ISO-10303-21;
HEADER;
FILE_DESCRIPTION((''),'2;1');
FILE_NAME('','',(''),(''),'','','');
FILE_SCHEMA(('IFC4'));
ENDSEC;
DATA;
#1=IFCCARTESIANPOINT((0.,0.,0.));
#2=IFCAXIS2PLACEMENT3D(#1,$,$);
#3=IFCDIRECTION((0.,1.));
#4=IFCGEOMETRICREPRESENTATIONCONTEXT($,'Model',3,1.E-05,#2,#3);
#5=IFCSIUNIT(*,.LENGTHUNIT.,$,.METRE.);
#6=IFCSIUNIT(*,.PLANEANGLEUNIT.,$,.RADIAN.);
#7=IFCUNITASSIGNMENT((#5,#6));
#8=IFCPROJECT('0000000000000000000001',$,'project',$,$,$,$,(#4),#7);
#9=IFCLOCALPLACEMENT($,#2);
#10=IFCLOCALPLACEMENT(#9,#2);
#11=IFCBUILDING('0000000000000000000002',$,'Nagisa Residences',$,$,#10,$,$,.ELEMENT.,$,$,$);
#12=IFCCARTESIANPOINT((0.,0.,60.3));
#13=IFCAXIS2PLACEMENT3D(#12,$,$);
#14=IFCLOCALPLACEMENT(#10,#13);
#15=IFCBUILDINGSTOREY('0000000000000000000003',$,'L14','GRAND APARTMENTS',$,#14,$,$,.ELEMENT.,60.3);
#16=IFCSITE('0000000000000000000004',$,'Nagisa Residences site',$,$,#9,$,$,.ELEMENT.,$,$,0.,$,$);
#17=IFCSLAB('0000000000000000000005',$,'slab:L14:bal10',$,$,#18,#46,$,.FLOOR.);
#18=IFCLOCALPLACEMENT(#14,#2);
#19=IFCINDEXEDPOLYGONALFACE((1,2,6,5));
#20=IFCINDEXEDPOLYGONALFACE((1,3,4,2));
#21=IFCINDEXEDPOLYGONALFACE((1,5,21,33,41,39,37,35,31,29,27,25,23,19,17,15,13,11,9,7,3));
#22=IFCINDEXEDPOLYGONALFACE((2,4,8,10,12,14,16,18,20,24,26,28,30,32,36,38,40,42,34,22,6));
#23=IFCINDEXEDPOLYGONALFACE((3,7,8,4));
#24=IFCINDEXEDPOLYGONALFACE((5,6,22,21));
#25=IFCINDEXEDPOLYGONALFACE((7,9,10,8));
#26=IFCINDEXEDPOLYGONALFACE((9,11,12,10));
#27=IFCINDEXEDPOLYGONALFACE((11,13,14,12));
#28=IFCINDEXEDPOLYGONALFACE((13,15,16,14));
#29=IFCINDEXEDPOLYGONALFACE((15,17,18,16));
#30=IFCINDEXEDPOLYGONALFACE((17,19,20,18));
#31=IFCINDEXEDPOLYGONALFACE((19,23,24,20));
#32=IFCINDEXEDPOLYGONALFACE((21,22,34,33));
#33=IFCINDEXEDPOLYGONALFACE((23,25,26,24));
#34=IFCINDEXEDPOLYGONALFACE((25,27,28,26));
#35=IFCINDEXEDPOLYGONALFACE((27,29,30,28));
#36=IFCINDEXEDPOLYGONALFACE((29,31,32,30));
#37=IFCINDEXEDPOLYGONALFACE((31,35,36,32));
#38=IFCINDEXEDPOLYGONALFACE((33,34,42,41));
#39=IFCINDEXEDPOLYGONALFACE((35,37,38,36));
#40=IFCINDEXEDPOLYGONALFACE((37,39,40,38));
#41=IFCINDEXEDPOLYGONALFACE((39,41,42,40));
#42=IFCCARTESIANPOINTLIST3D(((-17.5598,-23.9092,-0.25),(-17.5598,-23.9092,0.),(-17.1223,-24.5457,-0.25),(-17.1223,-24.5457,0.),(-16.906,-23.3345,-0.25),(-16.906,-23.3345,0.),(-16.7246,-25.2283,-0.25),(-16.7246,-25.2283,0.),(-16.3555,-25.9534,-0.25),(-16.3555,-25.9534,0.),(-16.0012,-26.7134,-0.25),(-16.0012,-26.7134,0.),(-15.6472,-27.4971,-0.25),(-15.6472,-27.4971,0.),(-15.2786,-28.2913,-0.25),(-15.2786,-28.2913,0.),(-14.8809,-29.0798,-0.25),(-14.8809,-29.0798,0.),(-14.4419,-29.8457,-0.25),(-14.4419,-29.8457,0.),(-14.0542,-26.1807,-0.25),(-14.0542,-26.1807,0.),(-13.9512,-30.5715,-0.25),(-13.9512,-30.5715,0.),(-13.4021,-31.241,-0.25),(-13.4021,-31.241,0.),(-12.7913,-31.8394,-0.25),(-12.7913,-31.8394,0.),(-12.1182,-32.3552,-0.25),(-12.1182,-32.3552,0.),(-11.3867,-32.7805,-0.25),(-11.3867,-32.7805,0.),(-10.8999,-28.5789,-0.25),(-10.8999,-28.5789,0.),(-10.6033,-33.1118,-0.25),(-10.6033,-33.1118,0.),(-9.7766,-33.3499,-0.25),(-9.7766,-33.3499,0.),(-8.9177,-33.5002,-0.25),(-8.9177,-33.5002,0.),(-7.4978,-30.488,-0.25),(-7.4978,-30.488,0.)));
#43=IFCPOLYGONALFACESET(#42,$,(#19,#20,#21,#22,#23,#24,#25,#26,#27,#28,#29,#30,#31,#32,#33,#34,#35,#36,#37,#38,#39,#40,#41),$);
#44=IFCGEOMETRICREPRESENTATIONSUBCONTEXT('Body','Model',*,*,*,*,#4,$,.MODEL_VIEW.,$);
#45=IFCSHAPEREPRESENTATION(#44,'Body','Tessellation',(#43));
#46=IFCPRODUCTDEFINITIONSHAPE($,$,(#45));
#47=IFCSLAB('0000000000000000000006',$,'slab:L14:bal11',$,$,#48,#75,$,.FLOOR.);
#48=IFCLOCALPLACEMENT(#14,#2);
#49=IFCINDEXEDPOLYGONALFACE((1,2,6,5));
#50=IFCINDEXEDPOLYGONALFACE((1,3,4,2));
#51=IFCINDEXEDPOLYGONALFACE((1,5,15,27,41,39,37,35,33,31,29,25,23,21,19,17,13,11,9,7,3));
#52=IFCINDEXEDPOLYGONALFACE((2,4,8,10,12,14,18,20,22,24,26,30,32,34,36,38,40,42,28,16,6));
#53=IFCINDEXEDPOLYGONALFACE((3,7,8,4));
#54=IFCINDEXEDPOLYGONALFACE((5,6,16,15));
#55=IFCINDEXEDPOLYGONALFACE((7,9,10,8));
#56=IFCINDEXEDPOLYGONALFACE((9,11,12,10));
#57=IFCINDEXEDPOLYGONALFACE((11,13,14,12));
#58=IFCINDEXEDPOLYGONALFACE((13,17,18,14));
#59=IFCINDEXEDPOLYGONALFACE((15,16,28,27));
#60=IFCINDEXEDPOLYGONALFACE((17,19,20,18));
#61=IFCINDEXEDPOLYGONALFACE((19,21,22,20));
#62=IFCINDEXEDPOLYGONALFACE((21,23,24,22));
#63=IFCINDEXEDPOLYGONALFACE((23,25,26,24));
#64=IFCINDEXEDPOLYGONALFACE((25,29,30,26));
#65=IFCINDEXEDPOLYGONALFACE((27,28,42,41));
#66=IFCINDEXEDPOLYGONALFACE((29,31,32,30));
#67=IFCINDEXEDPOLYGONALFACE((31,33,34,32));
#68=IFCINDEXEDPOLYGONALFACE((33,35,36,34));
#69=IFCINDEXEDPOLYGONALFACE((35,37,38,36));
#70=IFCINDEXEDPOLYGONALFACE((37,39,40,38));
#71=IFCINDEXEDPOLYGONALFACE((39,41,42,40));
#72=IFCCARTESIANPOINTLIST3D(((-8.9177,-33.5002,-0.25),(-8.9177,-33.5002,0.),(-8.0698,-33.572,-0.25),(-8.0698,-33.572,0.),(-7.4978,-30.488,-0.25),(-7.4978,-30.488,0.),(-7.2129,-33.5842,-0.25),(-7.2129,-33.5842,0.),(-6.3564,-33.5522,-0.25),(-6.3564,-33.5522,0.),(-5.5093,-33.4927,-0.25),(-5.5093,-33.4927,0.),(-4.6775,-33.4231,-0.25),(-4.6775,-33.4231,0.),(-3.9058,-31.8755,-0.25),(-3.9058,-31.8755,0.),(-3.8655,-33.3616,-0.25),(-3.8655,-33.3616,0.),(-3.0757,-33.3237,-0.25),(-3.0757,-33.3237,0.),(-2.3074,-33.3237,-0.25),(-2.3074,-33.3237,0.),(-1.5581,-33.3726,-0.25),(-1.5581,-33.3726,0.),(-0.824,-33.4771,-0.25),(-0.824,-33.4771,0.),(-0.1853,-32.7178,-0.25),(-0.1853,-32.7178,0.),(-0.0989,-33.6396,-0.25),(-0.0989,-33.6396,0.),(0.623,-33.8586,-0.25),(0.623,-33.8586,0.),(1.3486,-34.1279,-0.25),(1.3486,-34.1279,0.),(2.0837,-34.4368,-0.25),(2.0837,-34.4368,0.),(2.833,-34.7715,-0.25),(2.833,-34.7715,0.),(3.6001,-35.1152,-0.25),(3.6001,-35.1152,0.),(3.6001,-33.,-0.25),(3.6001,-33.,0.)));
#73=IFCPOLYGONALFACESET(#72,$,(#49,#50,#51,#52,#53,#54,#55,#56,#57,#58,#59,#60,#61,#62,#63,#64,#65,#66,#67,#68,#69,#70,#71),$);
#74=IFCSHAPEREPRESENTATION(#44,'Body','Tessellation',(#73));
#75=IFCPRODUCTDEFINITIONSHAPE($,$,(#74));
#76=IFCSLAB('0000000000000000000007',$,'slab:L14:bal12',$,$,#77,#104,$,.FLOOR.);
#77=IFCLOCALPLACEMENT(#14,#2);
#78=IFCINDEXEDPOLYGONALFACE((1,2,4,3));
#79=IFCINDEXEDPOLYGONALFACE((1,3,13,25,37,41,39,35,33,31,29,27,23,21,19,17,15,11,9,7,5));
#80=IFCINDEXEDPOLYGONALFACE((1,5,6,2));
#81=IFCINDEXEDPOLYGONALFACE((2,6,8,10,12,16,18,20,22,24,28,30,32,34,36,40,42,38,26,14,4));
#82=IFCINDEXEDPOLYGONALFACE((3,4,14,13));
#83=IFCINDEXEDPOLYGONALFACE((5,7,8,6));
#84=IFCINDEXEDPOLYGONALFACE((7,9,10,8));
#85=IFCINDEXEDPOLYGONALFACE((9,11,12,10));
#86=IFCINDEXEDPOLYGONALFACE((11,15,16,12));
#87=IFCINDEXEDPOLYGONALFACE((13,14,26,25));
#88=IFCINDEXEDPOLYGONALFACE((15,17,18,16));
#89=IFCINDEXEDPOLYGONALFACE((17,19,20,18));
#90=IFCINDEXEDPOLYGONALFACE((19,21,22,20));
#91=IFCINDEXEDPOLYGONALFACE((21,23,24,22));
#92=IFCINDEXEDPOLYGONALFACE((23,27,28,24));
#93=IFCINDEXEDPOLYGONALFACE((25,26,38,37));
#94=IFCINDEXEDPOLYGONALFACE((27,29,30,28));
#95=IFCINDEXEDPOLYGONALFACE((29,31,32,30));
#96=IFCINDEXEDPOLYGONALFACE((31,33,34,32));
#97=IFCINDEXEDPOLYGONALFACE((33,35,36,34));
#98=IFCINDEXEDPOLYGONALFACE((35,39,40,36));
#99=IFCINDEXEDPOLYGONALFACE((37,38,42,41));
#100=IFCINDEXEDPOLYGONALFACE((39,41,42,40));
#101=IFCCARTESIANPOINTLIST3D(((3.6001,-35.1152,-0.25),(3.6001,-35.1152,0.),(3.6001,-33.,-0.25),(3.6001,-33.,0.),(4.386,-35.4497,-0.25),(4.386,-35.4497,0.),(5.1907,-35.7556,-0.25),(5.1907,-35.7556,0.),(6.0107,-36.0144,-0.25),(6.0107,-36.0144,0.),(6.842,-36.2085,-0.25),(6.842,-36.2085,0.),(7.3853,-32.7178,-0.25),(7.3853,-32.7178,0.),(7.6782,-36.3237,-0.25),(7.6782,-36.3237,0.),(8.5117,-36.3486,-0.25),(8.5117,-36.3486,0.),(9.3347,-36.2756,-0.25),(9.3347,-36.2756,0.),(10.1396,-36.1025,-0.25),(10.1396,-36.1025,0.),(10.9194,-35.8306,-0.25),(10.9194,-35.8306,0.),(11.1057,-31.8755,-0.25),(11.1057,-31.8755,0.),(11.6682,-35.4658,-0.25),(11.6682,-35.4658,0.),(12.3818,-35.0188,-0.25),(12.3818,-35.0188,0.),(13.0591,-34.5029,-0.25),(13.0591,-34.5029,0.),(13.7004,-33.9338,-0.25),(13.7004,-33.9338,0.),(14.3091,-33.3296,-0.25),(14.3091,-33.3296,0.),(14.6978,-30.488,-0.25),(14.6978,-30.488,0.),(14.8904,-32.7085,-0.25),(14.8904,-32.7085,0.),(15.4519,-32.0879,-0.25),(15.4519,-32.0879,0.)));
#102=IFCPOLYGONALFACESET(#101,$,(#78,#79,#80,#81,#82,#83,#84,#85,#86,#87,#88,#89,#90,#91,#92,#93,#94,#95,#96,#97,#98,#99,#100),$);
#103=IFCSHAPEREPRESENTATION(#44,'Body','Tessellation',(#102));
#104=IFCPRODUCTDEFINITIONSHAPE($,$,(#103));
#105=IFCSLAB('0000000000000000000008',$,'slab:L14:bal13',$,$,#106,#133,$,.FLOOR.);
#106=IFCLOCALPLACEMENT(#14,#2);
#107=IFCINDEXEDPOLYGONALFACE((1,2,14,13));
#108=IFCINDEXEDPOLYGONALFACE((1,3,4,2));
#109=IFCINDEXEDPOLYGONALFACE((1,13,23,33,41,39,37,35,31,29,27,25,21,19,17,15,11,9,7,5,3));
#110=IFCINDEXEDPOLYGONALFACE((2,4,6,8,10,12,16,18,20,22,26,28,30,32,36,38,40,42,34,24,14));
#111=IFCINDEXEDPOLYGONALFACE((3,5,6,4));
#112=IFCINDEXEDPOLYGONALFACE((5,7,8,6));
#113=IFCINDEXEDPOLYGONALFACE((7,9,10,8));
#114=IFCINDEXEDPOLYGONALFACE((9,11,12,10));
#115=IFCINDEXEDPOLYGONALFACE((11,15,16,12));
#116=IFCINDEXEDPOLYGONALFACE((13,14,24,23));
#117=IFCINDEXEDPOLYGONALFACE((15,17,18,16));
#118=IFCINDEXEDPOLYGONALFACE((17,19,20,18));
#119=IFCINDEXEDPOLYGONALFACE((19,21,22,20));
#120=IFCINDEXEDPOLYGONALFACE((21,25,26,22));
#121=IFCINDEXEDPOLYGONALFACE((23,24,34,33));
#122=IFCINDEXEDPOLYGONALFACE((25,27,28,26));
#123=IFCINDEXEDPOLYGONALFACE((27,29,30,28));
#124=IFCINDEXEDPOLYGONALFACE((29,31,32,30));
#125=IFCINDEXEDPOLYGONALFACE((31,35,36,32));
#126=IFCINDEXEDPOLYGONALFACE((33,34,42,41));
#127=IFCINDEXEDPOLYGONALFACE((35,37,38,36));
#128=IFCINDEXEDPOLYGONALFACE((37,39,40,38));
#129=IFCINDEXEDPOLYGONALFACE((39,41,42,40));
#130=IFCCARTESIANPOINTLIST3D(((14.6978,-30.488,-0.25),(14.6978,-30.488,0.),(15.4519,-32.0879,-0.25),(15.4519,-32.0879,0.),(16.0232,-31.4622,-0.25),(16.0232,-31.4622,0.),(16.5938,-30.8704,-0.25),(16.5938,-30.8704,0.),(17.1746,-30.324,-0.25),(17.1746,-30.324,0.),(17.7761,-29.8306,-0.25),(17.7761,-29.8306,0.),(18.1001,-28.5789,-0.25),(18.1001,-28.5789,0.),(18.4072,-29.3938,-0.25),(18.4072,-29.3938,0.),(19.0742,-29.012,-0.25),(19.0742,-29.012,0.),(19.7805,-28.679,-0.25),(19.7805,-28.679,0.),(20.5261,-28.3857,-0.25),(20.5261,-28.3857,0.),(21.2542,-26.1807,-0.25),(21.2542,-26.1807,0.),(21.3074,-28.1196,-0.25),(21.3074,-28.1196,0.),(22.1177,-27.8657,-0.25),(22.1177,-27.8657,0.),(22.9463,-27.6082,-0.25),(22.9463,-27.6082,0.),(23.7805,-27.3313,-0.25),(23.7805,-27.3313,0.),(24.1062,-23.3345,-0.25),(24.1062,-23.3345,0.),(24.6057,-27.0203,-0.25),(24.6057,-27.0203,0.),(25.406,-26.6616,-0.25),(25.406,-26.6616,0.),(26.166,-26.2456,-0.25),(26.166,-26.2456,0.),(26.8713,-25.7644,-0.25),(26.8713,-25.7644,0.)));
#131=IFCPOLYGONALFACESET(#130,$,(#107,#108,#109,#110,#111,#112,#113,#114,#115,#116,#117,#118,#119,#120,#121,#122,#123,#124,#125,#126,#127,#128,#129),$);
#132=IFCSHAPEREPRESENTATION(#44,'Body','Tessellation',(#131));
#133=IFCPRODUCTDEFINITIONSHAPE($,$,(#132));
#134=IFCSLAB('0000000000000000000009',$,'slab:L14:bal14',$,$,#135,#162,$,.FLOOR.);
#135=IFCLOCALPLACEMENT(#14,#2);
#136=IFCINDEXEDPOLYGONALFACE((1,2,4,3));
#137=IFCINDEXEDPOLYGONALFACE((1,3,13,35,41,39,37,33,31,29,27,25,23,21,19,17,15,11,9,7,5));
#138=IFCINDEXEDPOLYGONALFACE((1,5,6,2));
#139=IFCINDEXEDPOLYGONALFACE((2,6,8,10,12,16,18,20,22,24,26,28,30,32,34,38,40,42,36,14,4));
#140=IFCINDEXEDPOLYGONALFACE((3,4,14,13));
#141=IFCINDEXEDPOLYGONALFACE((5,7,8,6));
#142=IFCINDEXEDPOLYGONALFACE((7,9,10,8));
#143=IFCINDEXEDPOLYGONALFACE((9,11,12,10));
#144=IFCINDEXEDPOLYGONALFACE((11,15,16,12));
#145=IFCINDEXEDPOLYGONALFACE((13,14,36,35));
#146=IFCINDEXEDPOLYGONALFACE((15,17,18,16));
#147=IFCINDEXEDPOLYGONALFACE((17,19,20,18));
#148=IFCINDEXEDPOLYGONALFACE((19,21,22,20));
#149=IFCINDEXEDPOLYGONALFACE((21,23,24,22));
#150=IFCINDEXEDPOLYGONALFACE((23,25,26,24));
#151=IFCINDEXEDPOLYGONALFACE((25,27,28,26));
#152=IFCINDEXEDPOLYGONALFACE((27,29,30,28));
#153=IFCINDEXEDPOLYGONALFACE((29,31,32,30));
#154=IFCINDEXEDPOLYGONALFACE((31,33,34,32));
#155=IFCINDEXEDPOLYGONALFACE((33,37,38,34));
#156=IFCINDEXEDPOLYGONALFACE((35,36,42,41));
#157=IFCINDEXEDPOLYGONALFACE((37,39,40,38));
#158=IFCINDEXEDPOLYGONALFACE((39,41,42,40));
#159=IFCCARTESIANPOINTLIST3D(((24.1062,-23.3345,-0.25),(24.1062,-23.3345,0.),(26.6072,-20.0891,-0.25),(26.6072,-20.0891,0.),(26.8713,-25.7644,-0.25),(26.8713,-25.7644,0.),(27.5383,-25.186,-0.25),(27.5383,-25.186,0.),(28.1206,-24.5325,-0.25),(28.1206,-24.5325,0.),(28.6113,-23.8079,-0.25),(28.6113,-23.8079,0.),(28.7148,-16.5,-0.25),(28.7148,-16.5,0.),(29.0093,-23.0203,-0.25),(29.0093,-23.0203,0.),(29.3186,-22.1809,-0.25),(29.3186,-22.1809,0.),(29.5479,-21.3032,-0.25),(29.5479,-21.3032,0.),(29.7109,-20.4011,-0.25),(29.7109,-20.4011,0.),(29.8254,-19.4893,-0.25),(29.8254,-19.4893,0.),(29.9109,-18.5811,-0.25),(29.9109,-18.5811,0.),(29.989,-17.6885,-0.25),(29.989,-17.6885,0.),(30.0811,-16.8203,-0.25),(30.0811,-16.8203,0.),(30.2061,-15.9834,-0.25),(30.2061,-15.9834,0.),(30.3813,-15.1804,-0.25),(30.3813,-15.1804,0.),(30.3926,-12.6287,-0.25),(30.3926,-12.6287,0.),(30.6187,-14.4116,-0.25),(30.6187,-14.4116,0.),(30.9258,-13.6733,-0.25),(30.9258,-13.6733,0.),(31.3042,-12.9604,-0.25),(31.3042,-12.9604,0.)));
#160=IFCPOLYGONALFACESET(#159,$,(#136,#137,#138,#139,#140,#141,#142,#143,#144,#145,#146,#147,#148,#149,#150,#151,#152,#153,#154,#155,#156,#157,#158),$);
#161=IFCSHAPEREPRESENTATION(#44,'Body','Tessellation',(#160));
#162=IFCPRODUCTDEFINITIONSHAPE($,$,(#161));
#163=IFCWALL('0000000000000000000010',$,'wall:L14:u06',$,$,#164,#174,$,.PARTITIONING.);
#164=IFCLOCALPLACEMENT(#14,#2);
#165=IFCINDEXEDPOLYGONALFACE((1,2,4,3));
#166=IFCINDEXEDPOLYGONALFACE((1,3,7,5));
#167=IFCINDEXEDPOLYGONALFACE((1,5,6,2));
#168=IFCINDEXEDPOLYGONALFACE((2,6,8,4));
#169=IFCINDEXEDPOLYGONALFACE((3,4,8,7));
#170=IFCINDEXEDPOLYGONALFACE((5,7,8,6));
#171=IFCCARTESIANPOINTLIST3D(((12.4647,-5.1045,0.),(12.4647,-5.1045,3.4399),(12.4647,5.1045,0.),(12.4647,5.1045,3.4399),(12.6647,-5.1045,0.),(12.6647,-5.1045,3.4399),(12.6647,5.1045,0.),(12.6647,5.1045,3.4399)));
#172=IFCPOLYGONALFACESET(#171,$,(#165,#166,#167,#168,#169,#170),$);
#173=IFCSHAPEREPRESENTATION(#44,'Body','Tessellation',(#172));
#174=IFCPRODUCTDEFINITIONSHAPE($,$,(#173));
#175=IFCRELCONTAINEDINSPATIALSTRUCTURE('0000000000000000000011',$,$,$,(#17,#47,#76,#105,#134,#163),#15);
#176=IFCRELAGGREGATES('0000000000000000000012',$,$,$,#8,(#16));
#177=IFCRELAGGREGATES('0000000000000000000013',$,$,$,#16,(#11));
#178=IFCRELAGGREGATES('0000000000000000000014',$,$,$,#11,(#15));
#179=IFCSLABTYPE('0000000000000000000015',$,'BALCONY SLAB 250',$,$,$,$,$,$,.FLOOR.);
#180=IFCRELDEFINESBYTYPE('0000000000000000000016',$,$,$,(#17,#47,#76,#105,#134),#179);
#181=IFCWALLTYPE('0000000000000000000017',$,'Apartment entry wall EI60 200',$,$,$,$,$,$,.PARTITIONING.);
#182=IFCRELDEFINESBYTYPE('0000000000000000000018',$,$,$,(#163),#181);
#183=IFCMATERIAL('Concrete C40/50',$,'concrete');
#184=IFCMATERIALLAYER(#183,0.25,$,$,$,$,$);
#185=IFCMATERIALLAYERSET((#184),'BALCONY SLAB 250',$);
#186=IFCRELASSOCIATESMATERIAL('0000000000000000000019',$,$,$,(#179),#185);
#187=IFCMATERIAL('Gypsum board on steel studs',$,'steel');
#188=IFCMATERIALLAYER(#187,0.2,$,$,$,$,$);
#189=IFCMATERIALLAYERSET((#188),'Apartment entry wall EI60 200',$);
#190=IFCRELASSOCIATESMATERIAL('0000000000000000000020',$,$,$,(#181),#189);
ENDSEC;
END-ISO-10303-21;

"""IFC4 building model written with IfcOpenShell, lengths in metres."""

from ifc_helpers import new_model, si_unit, direction, frame, frame_2d, origin, place, context, subcontext, project, spatial, polyline, rectangle, outline, extrude, material, layer, layer_set, type_object, element, save


model = new_model("IFC4")

# Units and contexts
model_context = context("Model", 3, precision=1e-05, world=origin(), true_north=direction((0.0, 1.0)))
body_context = subcontext(model_context, "Body", "Model", "MODEL_VIEW")
ifc_project = project(units=[si_unit("LENGTHUNIT", "METRE"), si_unit("PLANEANGLEUNIT", "RADIAN")], contexts=[model_context])

# Site, building, storey
site_placement = place(None, origin())
site = spatial("IfcSite", under=ifc_project, at=site_placement, Name="Nagisa Residences site", CompositionType="ELEMENT", RefElevation=0.0)
building_placement = place(site_placement, origin())
building = spatial("IfcBuilding", under=site, at=building_placement, Name="Nagisa Residences", CompositionType="ELEMENT")
storey_placement = place(building_placement, frame((0.0, 0.0, 60.3)))
storey = spatial("IfcBuildingStorey", under=building, at=storey_placement, Name="L14", Description="GRAND APARTMENTS", CompositionType="ELEMENT", Elevation=60.3)

# Slabs
ifc_material_1 = material(Name="Concrete C40/50", Category="concrete")
ifc_layer_1 = layer(ifc_material_1, 0.25)
ifc_layer_set_1 = layer_set([ifc_layer_1], Name="BALCONY SLAB 250")
slab_type = type_object("IfcSlabType", Name="BALCONY SLAB 250", PredefinedType="FLOOR", material=ifc_layer_set_1)
slab_1_placement = place(storey_placement, frame((0.0, 0.0, -0.25)))
element("IfcSlab", 1, at=slab_1_placement, inside=storey, type_object=slab_type, Name="slab:L14:bal10", PredefinedType="FLOOR", context=body_context, shape_type="SweptSolid", body=[
    extrude(outline(polyline([(-17.5598, -23.9092), (-17.1223, -24.5457), (-16.7246, -25.2283), (-16.3555, -25.9534), (-16.0012, -26.7134), (-15.6472, -27.4971), (-15.2786, -28.2913), (-14.8809, -29.0798), (-14.4419, -29.8457), (-13.9512, -30.5715), (-13.4021, -31.241), (-12.7913, -31.8394), (-12.1182, -32.3552), (-11.3867, -32.7805), (-10.6033, -33.1118), (-9.7766, -33.3499), (-8.9177, -33.5002), (-7.4978, -30.488), (-10.8999, -28.5789), (-14.0542, -26.1807), (-16.906, -23.3345), (-17.5598, -23.9092)])), origin(), (0.0, 0.0, 1.0), 0.25),
])
slab_2_placement = place(storey_placement, frame((0.0, 0.0, -0.25)))
element("IfcSlab", 2, at=slab_2_placement, inside=storey, type_object=slab_type, Name="slab:L14:bal11", PredefinedType="FLOOR", context=body_context, shape_type="SweptSolid", body=[
    extrude(outline(polyline([(-8.9177, -33.5002), (-8.0698, -33.572), (-7.2129, -33.5842), (-6.3564, -33.5522), (-5.5093, -33.4927), (-4.6775, -33.4231), (-3.8655, -33.3616), (-3.0757, -33.3237), (-2.3074, -33.3237), (-1.5581, -33.3726), (-0.824, -33.4771), (-0.0989, -33.6396), (0.623, -33.8586), (1.3486, -34.1279), (2.0837, -34.4368), (2.833, -34.7715), (3.6001, -35.1152), (3.6001, -33.0), (-0.1853, -32.7178), (-3.9058, -31.8755), (-7.4978, -30.488), (-8.9177, -33.5002)])), origin(), (0.0, 0.0, 1.0), 0.25),
])
slab_3_placement = place(storey_placement, frame((0.0, 0.0, -0.25)))
element("IfcSlab", 3, at=slab_3_placement, inside=storey, type_object=slab_type, Name="slab:L14:bal12", PredefinedType="FLOOR", context=body_context, shape_type="SweptSolid", body=[
    extrude(outline(polyline([(3.6001, -35.1152), (4.386, -35.4497), (5.1907, -35.7556), (6.0107, -36.0144), (6.842, -36.2085), (7.6782, -36.3237), (8.5117, -36.3486), (9.3347, -36.2756), (10.1396, -36.1025), (10.9194, -35.8306), (11.6682, -35.4658), (12.3818, -35.0188), (13.0591, -34.5029), (13.7004, -33.9338), (14.3091, -33.3296), (14.8904, -32.7085), (15.4519, -32.0879), (14.6978, -30.488), (11.1057, -31.8755), (7.3853, -32.7178), (3.6001, -33.0), (3.6001, -35.1152)])), origin(), (0.0, 0.0, 1.0), 0.25),
])
slab_4_placement = place(storey_placement, frame((0.0, 0.0, -0.25)))
element("IfcSlab", 4, at=slab_4_placement, inside=storey, type_object=slab_type, Name="slab:L14:bal13", PredefinedType="FLOOR", context=body_context, shape_type="SweptSolid", body=[
    extrude(outline(polyline([(15.4519, -32.0879), (16.0232, -31.4622), (16.5938, -30.8704), (17.1746, -30.324), (17.7761, -29.8306), (18.4072, -29.3938), (19.0742, -29.012), (19.7805, -28.679), (20.5261, -28.3857), (21.3074, -28.1196), (22.1177, -27.8657), (22.9463, -27.6082), (23.7805, -27.3313), (24.6057, -27.0203), (25.406, -26.6616), (26.166, -26.2456), (26.8713, -25.7644), (24.1062, -23.3345), (21.2542, -26.1807), (18.1001, -28.5789), (14.6978, -30.488), (15.4519, -32.0879)])), origin(), (0.0, 0.0, 1.0), 0.25),
])
slab_5_placement = place(storey_placement, frame((0.0, 0.0, -0.25)))
element("IfcSlab", 5, at=slab_5_placement, inside=storey, type_object=slab_type, Name="slab:L14:bal14", PredefinedType="FLOOR", context=body_context, shape_type="SweptSolid", body=[
    extrude(outline(polyline([(26.8713, -25.7644), (27.5383, -25.186), (28.1206, -24.5325), (28.6113, -23.8079), (29.0093, -23.0203), (29.3186, -22.1809), (29.5479, -21.3032), (29.7109, -20.4011), (29.8254, -19.4893), (29.9109, -18.5811), (29.989, -17.6885), (30.0811, -16.8203), (30.2061, -15.9834), (30.3813, -15.1804), (30.6187, -14.4116), (30.9258, -13.6733), (31.3042, -12.9604), (30.3926, -12.6287), (28.7148, -16.5), (26.6072, -20.0891), (24.1062, -23.3345), (26.8713, -25.7644)])), origin(), (0.0, 0.0, 1.0), 0.25),
])

# Wall
ifc_material_2 = material(Name="Gypsum board on steel studs", Category="steel")
ifc_layer_2 = layer(ifc_material_2, 0.2)
ifc_layer_set_2 = layer_set([ifc_layer_2], Name="Apartment entry wall EI60 200")
wall_type_1 = type_object("IfcWallType", Name="Apartment entry wall EI60 200", PredefinedType="PARTITIONING", material=ifc_layer_set_2)
wall_1_placement = place(storey_placement, frame((12.5647, -5.1045, 0.0), z_axis=(0.0, 0.0, 1.0), x_axis=(0.0, 1.0, 0.0)))
element("IfcWall", 6, at=wall_1_placement, inside=storey, type_object=wall_type_1, Name="wall:L14:u06", PredefinedType="PARTITIONING", context=body_context, shape_type="SweptSolid", body=[
    extrude(rectangle(XDim=10.209, YDim=0.2, at=frame_2d((5.1045, 0.0))), origin(), (0.0, 0.0, 1.0), 3.4399),
])

save(model, "model.ifc")
